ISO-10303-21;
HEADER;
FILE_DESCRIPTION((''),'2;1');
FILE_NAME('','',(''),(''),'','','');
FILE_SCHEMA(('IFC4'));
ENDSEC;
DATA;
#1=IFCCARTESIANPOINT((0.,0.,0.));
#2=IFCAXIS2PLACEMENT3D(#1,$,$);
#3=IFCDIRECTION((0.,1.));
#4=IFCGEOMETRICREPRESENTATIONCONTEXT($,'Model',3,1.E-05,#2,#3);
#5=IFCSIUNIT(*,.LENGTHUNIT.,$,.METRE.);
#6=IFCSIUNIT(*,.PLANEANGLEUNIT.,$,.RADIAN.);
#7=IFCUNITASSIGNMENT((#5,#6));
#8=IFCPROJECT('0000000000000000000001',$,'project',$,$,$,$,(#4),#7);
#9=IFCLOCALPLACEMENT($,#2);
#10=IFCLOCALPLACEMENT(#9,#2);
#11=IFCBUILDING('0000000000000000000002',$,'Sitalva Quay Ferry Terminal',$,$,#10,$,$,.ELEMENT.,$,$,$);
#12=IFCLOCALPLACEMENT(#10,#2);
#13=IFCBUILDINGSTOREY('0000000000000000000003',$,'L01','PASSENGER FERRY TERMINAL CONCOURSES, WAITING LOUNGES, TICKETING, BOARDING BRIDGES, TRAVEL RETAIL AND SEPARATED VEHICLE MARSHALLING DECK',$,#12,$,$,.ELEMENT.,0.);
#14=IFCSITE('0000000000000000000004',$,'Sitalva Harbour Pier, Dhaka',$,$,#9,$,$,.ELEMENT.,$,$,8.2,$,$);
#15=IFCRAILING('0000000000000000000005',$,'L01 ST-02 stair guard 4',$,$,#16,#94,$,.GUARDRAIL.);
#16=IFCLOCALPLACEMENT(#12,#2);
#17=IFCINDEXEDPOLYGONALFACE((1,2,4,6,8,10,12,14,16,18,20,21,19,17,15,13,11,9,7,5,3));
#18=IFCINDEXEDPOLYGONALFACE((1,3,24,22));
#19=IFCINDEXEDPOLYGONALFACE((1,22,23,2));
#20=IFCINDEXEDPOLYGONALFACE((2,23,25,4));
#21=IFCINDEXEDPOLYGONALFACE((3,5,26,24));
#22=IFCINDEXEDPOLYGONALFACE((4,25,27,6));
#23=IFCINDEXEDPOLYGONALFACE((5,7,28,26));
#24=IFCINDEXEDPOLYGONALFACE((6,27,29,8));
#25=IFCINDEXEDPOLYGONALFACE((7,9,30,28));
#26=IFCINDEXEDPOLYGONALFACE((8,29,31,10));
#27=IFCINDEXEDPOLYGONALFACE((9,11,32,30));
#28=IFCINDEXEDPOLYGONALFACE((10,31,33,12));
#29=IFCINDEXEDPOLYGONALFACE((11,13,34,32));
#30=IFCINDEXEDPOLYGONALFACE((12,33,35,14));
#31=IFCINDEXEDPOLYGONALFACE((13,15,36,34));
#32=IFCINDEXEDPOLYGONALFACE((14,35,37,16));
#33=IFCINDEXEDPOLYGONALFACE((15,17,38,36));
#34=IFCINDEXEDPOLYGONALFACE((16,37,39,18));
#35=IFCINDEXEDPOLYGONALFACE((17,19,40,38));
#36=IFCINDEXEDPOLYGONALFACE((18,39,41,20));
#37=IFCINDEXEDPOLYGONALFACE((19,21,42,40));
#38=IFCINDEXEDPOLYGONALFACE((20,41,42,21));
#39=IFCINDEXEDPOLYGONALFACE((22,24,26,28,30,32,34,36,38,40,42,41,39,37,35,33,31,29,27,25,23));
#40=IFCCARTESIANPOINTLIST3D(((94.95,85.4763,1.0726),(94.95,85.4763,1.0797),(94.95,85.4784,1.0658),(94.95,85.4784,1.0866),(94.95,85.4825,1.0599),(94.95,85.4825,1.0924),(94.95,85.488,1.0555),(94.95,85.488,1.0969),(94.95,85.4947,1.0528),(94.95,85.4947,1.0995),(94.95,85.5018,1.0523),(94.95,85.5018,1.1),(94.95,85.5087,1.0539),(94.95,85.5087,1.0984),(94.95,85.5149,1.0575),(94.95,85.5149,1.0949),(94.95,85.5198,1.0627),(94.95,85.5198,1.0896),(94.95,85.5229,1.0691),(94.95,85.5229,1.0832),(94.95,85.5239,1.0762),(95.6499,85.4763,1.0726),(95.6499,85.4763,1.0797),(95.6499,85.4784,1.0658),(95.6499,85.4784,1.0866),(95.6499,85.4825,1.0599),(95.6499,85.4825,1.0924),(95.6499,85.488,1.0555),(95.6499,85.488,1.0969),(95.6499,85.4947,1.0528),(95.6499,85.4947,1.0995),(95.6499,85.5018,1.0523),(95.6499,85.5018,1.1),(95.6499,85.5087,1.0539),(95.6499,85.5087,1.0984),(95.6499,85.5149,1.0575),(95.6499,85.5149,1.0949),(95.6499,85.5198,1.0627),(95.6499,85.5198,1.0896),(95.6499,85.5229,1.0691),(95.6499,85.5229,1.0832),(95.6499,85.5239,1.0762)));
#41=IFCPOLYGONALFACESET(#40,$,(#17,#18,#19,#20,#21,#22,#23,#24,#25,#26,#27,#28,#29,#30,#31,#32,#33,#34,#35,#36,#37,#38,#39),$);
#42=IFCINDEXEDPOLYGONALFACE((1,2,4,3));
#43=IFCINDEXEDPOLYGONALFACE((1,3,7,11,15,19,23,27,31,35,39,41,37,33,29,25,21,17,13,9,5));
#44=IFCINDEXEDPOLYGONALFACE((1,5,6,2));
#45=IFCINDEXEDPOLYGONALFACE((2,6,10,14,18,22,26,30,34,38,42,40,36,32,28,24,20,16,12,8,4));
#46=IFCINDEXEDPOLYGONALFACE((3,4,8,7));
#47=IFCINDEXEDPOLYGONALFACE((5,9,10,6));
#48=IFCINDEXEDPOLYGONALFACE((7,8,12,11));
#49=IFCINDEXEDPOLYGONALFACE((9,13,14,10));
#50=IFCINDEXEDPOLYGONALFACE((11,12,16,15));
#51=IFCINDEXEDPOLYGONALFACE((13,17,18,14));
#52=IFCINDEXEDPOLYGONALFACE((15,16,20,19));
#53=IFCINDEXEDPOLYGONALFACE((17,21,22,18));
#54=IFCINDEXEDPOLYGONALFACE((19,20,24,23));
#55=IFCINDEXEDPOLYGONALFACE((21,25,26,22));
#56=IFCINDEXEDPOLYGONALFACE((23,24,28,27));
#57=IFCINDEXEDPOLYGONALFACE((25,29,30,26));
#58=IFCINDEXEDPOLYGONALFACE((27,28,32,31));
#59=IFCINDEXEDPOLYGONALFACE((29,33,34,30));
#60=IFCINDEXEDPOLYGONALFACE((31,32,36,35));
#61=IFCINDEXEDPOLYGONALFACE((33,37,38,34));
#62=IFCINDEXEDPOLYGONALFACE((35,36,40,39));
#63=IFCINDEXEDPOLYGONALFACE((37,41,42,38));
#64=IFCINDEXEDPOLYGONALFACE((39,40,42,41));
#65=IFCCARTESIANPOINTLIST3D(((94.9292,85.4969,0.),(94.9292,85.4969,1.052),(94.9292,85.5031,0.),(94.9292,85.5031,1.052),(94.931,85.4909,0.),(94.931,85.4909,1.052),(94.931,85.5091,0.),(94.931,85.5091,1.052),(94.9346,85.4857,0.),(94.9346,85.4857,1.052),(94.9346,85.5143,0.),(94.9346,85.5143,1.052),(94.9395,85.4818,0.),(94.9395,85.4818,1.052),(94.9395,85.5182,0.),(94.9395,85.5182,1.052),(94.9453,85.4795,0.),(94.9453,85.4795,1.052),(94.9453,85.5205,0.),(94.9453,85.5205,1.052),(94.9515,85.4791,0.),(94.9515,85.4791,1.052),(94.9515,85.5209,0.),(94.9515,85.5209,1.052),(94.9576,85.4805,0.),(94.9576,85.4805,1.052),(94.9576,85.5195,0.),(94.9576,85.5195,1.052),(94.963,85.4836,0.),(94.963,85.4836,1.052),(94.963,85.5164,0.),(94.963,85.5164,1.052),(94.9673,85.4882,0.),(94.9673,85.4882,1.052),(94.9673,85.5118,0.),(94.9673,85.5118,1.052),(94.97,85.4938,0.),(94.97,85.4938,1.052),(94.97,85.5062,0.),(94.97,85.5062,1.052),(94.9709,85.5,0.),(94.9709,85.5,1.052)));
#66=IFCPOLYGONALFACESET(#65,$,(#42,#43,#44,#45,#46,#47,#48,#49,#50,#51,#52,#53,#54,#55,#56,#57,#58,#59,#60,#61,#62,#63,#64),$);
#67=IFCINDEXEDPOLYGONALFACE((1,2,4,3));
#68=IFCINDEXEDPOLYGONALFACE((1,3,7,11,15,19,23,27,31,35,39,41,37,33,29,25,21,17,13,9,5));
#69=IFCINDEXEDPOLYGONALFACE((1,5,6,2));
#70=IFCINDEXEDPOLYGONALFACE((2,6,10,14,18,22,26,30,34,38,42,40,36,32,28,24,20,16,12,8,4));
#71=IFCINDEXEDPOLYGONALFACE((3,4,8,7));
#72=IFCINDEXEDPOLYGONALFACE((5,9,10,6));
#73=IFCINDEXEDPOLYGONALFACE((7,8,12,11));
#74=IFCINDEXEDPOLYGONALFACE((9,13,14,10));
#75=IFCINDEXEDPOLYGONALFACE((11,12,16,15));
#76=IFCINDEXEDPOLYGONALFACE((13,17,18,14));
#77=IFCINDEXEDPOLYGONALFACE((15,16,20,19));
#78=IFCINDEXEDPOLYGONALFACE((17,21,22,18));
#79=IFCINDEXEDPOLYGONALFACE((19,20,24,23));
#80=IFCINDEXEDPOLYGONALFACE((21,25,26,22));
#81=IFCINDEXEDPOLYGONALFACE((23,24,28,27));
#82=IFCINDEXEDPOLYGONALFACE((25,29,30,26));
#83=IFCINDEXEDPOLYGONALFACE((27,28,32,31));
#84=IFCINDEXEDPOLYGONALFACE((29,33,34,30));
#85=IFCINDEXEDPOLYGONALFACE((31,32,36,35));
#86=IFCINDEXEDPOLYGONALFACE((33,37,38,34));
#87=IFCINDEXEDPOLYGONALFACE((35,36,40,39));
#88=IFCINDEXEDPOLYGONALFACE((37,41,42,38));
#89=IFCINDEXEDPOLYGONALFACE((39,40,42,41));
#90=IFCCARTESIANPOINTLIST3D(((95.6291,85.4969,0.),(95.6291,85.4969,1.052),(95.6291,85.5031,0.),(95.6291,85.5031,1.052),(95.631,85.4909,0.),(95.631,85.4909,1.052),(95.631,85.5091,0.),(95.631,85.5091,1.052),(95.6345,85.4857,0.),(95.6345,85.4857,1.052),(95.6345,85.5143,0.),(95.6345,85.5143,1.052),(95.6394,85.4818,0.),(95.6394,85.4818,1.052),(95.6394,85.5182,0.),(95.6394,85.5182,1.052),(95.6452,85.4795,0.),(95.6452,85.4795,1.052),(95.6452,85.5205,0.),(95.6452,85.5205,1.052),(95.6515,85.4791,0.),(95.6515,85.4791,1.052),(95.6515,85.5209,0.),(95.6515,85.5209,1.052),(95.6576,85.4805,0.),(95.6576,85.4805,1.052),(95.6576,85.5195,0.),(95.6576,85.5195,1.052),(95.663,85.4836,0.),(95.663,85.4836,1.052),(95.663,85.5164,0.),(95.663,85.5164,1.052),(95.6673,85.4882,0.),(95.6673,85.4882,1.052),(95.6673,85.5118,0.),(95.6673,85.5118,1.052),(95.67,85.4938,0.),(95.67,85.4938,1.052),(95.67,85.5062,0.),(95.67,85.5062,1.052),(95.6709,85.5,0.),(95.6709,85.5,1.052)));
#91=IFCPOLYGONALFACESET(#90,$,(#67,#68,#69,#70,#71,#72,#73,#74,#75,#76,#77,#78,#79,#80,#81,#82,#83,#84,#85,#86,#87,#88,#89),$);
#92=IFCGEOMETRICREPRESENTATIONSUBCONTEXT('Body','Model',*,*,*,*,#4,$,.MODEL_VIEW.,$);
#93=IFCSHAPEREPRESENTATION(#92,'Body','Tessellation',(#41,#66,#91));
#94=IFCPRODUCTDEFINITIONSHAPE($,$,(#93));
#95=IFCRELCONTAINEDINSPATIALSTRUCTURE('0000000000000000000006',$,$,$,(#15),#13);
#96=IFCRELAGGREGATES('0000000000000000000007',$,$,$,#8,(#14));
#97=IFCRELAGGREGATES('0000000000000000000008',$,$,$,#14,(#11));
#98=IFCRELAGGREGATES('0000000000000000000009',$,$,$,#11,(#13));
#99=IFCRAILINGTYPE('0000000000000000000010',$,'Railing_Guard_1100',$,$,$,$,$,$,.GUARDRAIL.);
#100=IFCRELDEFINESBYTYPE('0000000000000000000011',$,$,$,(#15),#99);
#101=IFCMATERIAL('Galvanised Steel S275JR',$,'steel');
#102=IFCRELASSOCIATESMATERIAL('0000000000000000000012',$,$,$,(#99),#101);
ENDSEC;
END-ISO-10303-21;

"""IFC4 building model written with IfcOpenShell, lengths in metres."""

from ifc_helpers import new_model, si_unit, direction, frame, origin, origin_2d, place, context, subcontext, project, spatial, circle, extrude, material, type_object, element, save


model = new_model("IFC4")

# Units and contexts
model_context = context("Model", 3, precision=1e-05, world=origin(), true_north=direction((0.0, 1.0)))
body_context = subcontext(model_context, "Body", "Model", "MODEL_VIEW")
ifc_project = project(units=[si_unit("LENGTHUNIT", "METRE"), si_unit("PLANEANGLEUNIT", "RADIAN")], contexts=[model_context])

# Site, building, storey
site_placement = place(None, origin())
site = spatial("IfcSite", under=ifc_project, at=site_placement, Name="Sitalva Harbour Pier, Dhaka", CompositionType="ELEMENT", RefElevation=8.2)
building_placement = place(site_placement, origin())
building = spatial("IfcBuilding", under=site, at=building_placement, Name="Sitalva Quay Ferry Terminal", CompositionType="ELEMENT")
storey_placement = place(building_placement, origin())
storey = spatial("IfcBuildingStorey", under=building, at=storey_placement, Name="L01", Description="PASSENGER FERRY TERMINAL CONCOURSES, WAITING LOUNGES, TICKETING, BOARDING BRIDGES, TRAVEL RETAIL AND SEPARATED VEHICLE MARSHALLING DECK", CompositionType="ELEMENT", Elevation=0.0)

# Railing
ifc_material_1 = material(Name="Galvanised Steel S275JR", Category="steel")
railing_type_1 = type_object("IfcRailingType", Name="Railing_Guard_1100", PredefinedType="GUARDRAIL", material=ifc_material_1)
railing_1_placement = place(storey_placement, frame((94.95, 85.5, 0.0)))
element("IfcRailing", 1, at=railing_1_placement, inside=storey, type_object=railing_type_1, Name="L01 ST-02 stair guard 4", PredefinedType="GUARDRAIL", context=body_context, shape_type="SweptSolid", body=[
    extrude(circle(Radius=0.0239, at=origin_2d()), frame((0.0, 0.0, 1.0762), z_axis=(1.0, 0.0, 0.0), x_axis=(0.0, 1.0, 0.0)), (0.0, 0.0, 1.0), 0.7),
    extrude(circle(Radius=0.021, at=origin_2d()), origin(), (0.0, 0.0, 1.0), 1.052),
    extrude(circle(Radius=0.021, at=origin_2d()), frame((0.7, 0.0, 0.0)), (0.0, 0.0, 1.0), 1.052),
])

save(model, "model.ifc")
